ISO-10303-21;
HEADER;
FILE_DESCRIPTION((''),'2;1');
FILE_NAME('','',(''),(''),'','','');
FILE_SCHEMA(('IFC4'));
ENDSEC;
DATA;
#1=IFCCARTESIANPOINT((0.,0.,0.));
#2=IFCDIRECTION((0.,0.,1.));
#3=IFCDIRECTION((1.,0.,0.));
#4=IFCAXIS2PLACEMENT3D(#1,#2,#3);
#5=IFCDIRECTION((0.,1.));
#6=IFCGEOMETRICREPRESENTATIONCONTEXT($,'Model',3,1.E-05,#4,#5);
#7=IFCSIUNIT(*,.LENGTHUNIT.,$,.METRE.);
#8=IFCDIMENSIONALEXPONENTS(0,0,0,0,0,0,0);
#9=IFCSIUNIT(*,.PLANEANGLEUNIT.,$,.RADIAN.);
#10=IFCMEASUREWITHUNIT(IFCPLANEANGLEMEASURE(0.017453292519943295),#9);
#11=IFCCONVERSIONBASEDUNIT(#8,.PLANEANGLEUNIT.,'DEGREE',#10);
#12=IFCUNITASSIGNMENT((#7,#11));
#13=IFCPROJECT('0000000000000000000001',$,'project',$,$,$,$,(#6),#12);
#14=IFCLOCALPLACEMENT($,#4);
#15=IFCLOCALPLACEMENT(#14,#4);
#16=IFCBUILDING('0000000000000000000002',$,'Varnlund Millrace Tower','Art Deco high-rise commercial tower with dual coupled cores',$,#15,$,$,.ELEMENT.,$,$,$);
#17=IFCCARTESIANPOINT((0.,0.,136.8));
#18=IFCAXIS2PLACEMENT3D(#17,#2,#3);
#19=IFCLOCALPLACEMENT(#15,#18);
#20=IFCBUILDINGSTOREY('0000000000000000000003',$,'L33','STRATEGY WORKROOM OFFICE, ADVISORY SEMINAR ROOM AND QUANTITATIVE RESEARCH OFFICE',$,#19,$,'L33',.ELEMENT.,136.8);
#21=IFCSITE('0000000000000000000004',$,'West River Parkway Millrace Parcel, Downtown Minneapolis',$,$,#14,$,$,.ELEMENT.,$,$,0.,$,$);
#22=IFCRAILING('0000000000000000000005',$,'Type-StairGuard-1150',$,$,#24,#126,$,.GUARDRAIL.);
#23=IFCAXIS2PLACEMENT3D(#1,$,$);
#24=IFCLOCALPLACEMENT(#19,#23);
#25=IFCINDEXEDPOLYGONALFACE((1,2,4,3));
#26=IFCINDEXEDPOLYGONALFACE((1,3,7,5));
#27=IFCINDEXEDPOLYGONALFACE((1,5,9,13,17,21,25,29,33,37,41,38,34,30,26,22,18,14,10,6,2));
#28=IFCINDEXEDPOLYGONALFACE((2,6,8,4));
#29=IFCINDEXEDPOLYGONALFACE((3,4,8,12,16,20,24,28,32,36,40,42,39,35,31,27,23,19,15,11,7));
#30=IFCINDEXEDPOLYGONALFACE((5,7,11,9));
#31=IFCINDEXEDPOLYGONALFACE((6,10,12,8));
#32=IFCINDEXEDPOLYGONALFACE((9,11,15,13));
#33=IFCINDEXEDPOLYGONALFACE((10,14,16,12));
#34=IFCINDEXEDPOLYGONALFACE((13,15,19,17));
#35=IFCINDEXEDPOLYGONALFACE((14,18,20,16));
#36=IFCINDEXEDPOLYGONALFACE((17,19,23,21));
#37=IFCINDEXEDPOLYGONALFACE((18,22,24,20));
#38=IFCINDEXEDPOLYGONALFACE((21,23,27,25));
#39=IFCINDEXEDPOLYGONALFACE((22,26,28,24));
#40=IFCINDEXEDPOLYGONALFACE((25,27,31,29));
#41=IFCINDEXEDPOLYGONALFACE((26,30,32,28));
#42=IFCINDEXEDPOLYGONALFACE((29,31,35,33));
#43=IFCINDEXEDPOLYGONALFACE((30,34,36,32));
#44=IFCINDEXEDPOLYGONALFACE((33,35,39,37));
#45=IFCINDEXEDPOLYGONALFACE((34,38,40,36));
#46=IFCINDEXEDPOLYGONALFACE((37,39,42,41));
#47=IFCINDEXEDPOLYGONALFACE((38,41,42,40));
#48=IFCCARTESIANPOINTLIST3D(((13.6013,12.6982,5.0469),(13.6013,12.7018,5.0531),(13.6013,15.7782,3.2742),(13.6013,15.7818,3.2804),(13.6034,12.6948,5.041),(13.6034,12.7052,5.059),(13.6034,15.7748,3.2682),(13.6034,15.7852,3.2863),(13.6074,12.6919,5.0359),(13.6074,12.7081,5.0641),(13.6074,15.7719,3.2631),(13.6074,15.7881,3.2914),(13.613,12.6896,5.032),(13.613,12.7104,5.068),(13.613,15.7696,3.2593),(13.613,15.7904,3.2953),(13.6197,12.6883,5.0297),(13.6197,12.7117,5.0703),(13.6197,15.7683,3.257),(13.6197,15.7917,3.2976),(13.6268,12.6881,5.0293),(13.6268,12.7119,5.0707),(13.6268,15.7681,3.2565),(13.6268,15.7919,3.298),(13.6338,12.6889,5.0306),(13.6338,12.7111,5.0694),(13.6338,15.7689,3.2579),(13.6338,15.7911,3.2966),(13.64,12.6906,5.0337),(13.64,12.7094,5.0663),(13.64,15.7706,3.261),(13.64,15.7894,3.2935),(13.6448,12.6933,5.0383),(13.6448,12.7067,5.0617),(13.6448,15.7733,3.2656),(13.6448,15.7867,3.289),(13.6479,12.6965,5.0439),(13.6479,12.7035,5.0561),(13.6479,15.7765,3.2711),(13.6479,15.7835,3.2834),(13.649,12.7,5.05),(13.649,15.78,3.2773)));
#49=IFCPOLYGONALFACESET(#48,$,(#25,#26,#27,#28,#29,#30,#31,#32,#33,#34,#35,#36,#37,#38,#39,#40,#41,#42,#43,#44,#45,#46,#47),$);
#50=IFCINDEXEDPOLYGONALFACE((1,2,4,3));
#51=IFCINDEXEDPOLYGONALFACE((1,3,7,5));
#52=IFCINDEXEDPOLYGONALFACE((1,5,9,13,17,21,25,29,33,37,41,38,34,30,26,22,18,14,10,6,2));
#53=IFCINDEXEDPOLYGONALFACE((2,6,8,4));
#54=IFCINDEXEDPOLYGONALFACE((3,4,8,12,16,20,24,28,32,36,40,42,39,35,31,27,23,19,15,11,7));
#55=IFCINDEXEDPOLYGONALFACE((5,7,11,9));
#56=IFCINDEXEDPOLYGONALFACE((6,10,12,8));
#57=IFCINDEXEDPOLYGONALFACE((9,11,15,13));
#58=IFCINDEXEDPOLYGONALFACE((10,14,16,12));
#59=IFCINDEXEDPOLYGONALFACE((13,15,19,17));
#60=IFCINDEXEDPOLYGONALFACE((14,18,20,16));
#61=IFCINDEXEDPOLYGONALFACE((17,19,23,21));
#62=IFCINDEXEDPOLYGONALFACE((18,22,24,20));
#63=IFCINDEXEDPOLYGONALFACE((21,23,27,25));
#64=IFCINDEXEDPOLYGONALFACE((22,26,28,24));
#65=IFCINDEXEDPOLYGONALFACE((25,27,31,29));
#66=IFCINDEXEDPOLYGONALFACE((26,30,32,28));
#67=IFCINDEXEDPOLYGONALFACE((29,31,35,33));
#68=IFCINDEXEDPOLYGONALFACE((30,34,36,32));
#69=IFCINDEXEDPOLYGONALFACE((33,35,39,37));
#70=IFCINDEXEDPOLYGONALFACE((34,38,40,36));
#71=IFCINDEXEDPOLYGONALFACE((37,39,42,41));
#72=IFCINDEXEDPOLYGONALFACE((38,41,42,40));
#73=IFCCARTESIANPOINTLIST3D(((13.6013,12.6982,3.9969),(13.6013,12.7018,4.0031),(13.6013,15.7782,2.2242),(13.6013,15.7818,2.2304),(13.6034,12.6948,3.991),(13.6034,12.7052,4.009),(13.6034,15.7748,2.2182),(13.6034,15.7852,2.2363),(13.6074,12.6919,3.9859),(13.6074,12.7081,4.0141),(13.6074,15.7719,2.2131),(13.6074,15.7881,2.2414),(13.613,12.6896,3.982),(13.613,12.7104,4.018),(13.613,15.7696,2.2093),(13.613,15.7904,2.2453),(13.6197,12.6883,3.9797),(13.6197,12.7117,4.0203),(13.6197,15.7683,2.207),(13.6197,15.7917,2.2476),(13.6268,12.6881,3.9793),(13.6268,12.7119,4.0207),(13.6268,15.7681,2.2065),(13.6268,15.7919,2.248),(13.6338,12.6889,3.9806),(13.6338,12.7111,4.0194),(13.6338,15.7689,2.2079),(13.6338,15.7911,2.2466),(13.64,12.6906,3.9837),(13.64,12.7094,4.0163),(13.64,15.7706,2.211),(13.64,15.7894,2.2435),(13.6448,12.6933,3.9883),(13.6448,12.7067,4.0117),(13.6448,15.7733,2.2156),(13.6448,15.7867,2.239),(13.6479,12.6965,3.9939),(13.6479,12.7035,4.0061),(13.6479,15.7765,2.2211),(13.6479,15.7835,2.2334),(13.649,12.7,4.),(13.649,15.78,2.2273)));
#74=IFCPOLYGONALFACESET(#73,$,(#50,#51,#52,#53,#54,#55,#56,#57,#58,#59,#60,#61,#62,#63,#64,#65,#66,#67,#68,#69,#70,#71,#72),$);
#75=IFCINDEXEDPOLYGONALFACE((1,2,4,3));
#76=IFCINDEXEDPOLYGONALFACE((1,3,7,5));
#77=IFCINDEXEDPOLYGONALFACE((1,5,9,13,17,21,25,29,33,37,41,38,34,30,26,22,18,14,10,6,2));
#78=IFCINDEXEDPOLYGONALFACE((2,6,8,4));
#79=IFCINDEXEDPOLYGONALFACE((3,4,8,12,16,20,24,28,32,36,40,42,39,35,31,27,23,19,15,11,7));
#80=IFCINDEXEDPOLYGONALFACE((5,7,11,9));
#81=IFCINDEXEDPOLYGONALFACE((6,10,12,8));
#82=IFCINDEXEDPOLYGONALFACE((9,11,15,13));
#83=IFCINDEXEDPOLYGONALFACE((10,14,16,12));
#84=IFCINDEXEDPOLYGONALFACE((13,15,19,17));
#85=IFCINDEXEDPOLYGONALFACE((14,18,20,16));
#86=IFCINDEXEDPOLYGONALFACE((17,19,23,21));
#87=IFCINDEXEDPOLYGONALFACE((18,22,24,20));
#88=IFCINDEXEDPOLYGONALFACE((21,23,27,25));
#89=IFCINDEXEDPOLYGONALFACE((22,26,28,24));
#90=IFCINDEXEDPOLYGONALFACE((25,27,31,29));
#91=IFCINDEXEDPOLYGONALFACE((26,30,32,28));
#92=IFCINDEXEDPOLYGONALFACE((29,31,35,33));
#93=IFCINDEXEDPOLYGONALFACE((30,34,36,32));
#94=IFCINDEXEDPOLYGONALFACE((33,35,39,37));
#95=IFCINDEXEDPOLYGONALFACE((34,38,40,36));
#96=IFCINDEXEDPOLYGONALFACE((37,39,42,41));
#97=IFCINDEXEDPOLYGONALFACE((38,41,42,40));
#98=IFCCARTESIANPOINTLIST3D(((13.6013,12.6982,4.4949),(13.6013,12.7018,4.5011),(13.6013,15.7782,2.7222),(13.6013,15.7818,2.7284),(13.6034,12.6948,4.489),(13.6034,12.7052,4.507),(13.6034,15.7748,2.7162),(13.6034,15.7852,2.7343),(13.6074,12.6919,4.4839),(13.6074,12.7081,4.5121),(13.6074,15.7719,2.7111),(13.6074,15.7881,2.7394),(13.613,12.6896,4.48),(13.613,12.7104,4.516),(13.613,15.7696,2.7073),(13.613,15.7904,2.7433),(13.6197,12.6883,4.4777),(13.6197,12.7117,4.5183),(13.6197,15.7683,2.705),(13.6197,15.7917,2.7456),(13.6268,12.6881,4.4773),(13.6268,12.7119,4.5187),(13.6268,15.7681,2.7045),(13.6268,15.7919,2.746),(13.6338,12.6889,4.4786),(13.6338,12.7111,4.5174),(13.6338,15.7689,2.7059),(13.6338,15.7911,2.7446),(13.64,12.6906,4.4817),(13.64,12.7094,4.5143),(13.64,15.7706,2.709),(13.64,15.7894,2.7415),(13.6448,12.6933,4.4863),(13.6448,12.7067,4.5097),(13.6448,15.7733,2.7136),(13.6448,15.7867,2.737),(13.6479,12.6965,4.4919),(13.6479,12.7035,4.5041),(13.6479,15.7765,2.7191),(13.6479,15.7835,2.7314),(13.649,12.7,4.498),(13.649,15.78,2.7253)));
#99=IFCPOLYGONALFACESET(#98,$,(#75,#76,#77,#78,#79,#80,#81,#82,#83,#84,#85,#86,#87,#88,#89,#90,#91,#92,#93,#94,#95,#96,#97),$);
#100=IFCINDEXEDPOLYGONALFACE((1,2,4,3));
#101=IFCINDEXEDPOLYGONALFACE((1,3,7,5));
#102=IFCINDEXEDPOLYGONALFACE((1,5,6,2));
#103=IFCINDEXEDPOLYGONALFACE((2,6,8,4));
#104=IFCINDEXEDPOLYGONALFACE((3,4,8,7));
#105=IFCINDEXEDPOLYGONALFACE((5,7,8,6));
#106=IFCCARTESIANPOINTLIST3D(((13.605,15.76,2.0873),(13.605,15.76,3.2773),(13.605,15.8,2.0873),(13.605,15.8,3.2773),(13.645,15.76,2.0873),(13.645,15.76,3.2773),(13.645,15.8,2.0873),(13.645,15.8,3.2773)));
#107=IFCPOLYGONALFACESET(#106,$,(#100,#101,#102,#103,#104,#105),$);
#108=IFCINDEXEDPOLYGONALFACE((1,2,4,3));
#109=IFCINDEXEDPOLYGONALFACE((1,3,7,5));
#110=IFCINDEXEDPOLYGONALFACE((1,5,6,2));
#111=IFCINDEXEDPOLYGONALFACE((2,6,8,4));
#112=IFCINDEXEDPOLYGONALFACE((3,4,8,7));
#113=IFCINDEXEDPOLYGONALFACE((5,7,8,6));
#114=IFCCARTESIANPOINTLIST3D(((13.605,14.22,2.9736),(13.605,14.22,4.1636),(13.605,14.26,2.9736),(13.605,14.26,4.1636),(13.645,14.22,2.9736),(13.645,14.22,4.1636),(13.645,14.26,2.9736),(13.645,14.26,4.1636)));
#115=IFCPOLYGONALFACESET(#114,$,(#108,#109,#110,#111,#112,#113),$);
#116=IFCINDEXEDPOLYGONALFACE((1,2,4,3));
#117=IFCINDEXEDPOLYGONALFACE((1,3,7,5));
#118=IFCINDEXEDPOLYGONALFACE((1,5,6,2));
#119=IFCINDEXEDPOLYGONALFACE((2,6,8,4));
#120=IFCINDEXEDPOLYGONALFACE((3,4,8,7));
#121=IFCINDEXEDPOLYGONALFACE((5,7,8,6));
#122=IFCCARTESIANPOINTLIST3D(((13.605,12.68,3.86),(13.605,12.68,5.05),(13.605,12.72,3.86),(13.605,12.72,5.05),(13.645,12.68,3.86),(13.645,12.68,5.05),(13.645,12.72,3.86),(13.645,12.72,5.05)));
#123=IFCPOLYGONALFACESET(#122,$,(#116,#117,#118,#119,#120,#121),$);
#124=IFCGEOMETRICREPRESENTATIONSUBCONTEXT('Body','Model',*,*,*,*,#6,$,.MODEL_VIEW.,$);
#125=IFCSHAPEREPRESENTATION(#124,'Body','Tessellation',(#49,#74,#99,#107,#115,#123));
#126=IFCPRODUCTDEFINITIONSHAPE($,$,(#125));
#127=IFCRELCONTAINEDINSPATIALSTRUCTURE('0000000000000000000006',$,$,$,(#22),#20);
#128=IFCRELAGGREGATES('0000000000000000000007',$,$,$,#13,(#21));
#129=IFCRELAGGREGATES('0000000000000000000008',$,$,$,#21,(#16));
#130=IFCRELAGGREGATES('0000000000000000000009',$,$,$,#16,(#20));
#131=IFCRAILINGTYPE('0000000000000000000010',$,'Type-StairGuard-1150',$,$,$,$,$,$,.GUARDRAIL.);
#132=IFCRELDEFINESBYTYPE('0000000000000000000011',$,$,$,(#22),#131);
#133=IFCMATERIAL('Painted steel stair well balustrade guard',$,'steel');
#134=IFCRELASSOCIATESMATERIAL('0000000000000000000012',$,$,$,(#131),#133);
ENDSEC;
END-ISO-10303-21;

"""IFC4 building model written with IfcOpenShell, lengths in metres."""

from ifc_helpers import new_model, entity, si_unit, converted_unit, direction, frame, origin_with_axes, origin_2d_with_axis, place, context, subcontext, project, spatial, rectangle, circle, extrude, material, type_object, element, save


model = new_model("IFC4")

# Units and contexts
model_context = context("Model", 3, precision=1e-05, world=origin_with_axes(), true_north=direction((0.0, 1.0)))
body_context = subcontext(model_context, "Body", "Model", "MODEL_VIEW")
ifc_project = project(units=[si_unit("LENGTHUNIT", "METRE"), converted_unit("PLANEANGLEUNIT", "DEGREE", entity("IfcPlaneAngleMeasure", 0.017453292519943295), si_unit("PLANEANGLEUNIT", "RADIAN"), dimensions=[0, 0, 0, 0, 0, 0, 0])], contexts=[model_context])

# Site, building, storey
site_placement = place(None, origin_with_axes())
site = spatial("IfcSite", under=ifc_project, at=site_placement, Name="West River Parkway Millrace Parcel, Downtown Minneapolis", CompositionType="ELEMENT", RefElevation=0.0)
building_placement = place(site_placement, origin_with_axes())
building = spatial("IfcBuilding", under=site, at=building_placement, Name="Varnlund Millrace Tower", Description="Art Deco high-rise commercial tower with dual coupled cores", CompositionType="ELEMENT")
storey_placement = place(building_placement, frame((0.0, 0.0, 136.8), z_axis=(0.0, 0.0, 1.0), x_axis=(1.0, 0.0, 0.0)))
storey = spatial("IfcBuildingStorey", under=building, at=storey_placement, Name="L33", Description="STRATEGY WORKROOM OFFICE, ADVISORY SEMINAR ROOM AND QUANTITATIVE RESEARCH OFFICE", LongName="L33", CompositionType="ELEMENT", Elevation=136.8)

# Railing
ifc_material_1 = material(Name="Painted steel stair well balustrade guard", Category="steel")
railing_type_1 = type_object("IfcRailingType", Name="Type-StairGuard-1150", PredefinedType="GUARDRAIL", material=ifc_material_1)
railing_1_placement = place(storey_placement, frame((0.0, 0.0, -136.8), z_axis=(0.0, 0.0, 1.0), x_axis=(1.0, 0.0, 0.0)))
element("IfcRailing", 1, at=railing_1_placement, inside=storey, type_object=railing_type_1, Name="Type-StairGuard-1150", PredefinedType="GUARDRAIL", context=body_context, shape_type="SweptSolid", body=[
    extrude(circle(Radius=0.024, at=origin_2d_with_axis()), frame((13.625, 15.78, 140.0773), z_axis=(0.0, -0.866696, 0.498836), x_axis=(1.0, 0.0, 0.0)), (0.0, 0.0, 1.0), 3.5537),
    extrude(circle(Radius=0.024, at=origin_2d_with_axis()), frame((13.625, 15.78, 139.0273), z_axis=(0.0, -0.866696, 0.498836), x_axis=(1.0, 0.0, 0.0)), (0.0, 0.0, 1.0), 3.5537),
    extrude(circle(Radius=0.024, at=origin_2d_with_axis()), frame((13.625, 15.78, 139.5253), z_axis=(0.0, -0.866696, 0.498836), x_axis=(1.0, 0.0, 0.0)), (0.0, 0.0, 1.0), 3.5537),
    extrude(rectangle(XDim=0.04, YDim=0.04, at=origin_2d_with_axis()), frame((13.625, 15.78, 138.8873), z_axis=(0.0, 0.0, 1.0), x_axis=(1.0, 0.0, 0.0)), (0.0, 0.0, 1.0), 1.19),
    extrude(rectangle(XDim=0.04, YDim=0.04, at=origin_2d_with_axis()), frame((13.625, 14.24, 139.7736), z_axis=(0.0, 0.0, 1.0), x_axis=(1.0, 0.0, 0.0)), (0.0, 0.0, 1.0), 1.19),
    extrude(rectangle(XDim=0.04, YDim=0.04, at=origin_2d_with_axis()), frame((13.625, 12.7, 140.66), z_axis=(0.0, 0.0, 1.0), x_axis=(1.0, 0.0, 0.0)), (0.0, 0.0, 1.0), 1.19),
])

save(model, "model.ifc")
